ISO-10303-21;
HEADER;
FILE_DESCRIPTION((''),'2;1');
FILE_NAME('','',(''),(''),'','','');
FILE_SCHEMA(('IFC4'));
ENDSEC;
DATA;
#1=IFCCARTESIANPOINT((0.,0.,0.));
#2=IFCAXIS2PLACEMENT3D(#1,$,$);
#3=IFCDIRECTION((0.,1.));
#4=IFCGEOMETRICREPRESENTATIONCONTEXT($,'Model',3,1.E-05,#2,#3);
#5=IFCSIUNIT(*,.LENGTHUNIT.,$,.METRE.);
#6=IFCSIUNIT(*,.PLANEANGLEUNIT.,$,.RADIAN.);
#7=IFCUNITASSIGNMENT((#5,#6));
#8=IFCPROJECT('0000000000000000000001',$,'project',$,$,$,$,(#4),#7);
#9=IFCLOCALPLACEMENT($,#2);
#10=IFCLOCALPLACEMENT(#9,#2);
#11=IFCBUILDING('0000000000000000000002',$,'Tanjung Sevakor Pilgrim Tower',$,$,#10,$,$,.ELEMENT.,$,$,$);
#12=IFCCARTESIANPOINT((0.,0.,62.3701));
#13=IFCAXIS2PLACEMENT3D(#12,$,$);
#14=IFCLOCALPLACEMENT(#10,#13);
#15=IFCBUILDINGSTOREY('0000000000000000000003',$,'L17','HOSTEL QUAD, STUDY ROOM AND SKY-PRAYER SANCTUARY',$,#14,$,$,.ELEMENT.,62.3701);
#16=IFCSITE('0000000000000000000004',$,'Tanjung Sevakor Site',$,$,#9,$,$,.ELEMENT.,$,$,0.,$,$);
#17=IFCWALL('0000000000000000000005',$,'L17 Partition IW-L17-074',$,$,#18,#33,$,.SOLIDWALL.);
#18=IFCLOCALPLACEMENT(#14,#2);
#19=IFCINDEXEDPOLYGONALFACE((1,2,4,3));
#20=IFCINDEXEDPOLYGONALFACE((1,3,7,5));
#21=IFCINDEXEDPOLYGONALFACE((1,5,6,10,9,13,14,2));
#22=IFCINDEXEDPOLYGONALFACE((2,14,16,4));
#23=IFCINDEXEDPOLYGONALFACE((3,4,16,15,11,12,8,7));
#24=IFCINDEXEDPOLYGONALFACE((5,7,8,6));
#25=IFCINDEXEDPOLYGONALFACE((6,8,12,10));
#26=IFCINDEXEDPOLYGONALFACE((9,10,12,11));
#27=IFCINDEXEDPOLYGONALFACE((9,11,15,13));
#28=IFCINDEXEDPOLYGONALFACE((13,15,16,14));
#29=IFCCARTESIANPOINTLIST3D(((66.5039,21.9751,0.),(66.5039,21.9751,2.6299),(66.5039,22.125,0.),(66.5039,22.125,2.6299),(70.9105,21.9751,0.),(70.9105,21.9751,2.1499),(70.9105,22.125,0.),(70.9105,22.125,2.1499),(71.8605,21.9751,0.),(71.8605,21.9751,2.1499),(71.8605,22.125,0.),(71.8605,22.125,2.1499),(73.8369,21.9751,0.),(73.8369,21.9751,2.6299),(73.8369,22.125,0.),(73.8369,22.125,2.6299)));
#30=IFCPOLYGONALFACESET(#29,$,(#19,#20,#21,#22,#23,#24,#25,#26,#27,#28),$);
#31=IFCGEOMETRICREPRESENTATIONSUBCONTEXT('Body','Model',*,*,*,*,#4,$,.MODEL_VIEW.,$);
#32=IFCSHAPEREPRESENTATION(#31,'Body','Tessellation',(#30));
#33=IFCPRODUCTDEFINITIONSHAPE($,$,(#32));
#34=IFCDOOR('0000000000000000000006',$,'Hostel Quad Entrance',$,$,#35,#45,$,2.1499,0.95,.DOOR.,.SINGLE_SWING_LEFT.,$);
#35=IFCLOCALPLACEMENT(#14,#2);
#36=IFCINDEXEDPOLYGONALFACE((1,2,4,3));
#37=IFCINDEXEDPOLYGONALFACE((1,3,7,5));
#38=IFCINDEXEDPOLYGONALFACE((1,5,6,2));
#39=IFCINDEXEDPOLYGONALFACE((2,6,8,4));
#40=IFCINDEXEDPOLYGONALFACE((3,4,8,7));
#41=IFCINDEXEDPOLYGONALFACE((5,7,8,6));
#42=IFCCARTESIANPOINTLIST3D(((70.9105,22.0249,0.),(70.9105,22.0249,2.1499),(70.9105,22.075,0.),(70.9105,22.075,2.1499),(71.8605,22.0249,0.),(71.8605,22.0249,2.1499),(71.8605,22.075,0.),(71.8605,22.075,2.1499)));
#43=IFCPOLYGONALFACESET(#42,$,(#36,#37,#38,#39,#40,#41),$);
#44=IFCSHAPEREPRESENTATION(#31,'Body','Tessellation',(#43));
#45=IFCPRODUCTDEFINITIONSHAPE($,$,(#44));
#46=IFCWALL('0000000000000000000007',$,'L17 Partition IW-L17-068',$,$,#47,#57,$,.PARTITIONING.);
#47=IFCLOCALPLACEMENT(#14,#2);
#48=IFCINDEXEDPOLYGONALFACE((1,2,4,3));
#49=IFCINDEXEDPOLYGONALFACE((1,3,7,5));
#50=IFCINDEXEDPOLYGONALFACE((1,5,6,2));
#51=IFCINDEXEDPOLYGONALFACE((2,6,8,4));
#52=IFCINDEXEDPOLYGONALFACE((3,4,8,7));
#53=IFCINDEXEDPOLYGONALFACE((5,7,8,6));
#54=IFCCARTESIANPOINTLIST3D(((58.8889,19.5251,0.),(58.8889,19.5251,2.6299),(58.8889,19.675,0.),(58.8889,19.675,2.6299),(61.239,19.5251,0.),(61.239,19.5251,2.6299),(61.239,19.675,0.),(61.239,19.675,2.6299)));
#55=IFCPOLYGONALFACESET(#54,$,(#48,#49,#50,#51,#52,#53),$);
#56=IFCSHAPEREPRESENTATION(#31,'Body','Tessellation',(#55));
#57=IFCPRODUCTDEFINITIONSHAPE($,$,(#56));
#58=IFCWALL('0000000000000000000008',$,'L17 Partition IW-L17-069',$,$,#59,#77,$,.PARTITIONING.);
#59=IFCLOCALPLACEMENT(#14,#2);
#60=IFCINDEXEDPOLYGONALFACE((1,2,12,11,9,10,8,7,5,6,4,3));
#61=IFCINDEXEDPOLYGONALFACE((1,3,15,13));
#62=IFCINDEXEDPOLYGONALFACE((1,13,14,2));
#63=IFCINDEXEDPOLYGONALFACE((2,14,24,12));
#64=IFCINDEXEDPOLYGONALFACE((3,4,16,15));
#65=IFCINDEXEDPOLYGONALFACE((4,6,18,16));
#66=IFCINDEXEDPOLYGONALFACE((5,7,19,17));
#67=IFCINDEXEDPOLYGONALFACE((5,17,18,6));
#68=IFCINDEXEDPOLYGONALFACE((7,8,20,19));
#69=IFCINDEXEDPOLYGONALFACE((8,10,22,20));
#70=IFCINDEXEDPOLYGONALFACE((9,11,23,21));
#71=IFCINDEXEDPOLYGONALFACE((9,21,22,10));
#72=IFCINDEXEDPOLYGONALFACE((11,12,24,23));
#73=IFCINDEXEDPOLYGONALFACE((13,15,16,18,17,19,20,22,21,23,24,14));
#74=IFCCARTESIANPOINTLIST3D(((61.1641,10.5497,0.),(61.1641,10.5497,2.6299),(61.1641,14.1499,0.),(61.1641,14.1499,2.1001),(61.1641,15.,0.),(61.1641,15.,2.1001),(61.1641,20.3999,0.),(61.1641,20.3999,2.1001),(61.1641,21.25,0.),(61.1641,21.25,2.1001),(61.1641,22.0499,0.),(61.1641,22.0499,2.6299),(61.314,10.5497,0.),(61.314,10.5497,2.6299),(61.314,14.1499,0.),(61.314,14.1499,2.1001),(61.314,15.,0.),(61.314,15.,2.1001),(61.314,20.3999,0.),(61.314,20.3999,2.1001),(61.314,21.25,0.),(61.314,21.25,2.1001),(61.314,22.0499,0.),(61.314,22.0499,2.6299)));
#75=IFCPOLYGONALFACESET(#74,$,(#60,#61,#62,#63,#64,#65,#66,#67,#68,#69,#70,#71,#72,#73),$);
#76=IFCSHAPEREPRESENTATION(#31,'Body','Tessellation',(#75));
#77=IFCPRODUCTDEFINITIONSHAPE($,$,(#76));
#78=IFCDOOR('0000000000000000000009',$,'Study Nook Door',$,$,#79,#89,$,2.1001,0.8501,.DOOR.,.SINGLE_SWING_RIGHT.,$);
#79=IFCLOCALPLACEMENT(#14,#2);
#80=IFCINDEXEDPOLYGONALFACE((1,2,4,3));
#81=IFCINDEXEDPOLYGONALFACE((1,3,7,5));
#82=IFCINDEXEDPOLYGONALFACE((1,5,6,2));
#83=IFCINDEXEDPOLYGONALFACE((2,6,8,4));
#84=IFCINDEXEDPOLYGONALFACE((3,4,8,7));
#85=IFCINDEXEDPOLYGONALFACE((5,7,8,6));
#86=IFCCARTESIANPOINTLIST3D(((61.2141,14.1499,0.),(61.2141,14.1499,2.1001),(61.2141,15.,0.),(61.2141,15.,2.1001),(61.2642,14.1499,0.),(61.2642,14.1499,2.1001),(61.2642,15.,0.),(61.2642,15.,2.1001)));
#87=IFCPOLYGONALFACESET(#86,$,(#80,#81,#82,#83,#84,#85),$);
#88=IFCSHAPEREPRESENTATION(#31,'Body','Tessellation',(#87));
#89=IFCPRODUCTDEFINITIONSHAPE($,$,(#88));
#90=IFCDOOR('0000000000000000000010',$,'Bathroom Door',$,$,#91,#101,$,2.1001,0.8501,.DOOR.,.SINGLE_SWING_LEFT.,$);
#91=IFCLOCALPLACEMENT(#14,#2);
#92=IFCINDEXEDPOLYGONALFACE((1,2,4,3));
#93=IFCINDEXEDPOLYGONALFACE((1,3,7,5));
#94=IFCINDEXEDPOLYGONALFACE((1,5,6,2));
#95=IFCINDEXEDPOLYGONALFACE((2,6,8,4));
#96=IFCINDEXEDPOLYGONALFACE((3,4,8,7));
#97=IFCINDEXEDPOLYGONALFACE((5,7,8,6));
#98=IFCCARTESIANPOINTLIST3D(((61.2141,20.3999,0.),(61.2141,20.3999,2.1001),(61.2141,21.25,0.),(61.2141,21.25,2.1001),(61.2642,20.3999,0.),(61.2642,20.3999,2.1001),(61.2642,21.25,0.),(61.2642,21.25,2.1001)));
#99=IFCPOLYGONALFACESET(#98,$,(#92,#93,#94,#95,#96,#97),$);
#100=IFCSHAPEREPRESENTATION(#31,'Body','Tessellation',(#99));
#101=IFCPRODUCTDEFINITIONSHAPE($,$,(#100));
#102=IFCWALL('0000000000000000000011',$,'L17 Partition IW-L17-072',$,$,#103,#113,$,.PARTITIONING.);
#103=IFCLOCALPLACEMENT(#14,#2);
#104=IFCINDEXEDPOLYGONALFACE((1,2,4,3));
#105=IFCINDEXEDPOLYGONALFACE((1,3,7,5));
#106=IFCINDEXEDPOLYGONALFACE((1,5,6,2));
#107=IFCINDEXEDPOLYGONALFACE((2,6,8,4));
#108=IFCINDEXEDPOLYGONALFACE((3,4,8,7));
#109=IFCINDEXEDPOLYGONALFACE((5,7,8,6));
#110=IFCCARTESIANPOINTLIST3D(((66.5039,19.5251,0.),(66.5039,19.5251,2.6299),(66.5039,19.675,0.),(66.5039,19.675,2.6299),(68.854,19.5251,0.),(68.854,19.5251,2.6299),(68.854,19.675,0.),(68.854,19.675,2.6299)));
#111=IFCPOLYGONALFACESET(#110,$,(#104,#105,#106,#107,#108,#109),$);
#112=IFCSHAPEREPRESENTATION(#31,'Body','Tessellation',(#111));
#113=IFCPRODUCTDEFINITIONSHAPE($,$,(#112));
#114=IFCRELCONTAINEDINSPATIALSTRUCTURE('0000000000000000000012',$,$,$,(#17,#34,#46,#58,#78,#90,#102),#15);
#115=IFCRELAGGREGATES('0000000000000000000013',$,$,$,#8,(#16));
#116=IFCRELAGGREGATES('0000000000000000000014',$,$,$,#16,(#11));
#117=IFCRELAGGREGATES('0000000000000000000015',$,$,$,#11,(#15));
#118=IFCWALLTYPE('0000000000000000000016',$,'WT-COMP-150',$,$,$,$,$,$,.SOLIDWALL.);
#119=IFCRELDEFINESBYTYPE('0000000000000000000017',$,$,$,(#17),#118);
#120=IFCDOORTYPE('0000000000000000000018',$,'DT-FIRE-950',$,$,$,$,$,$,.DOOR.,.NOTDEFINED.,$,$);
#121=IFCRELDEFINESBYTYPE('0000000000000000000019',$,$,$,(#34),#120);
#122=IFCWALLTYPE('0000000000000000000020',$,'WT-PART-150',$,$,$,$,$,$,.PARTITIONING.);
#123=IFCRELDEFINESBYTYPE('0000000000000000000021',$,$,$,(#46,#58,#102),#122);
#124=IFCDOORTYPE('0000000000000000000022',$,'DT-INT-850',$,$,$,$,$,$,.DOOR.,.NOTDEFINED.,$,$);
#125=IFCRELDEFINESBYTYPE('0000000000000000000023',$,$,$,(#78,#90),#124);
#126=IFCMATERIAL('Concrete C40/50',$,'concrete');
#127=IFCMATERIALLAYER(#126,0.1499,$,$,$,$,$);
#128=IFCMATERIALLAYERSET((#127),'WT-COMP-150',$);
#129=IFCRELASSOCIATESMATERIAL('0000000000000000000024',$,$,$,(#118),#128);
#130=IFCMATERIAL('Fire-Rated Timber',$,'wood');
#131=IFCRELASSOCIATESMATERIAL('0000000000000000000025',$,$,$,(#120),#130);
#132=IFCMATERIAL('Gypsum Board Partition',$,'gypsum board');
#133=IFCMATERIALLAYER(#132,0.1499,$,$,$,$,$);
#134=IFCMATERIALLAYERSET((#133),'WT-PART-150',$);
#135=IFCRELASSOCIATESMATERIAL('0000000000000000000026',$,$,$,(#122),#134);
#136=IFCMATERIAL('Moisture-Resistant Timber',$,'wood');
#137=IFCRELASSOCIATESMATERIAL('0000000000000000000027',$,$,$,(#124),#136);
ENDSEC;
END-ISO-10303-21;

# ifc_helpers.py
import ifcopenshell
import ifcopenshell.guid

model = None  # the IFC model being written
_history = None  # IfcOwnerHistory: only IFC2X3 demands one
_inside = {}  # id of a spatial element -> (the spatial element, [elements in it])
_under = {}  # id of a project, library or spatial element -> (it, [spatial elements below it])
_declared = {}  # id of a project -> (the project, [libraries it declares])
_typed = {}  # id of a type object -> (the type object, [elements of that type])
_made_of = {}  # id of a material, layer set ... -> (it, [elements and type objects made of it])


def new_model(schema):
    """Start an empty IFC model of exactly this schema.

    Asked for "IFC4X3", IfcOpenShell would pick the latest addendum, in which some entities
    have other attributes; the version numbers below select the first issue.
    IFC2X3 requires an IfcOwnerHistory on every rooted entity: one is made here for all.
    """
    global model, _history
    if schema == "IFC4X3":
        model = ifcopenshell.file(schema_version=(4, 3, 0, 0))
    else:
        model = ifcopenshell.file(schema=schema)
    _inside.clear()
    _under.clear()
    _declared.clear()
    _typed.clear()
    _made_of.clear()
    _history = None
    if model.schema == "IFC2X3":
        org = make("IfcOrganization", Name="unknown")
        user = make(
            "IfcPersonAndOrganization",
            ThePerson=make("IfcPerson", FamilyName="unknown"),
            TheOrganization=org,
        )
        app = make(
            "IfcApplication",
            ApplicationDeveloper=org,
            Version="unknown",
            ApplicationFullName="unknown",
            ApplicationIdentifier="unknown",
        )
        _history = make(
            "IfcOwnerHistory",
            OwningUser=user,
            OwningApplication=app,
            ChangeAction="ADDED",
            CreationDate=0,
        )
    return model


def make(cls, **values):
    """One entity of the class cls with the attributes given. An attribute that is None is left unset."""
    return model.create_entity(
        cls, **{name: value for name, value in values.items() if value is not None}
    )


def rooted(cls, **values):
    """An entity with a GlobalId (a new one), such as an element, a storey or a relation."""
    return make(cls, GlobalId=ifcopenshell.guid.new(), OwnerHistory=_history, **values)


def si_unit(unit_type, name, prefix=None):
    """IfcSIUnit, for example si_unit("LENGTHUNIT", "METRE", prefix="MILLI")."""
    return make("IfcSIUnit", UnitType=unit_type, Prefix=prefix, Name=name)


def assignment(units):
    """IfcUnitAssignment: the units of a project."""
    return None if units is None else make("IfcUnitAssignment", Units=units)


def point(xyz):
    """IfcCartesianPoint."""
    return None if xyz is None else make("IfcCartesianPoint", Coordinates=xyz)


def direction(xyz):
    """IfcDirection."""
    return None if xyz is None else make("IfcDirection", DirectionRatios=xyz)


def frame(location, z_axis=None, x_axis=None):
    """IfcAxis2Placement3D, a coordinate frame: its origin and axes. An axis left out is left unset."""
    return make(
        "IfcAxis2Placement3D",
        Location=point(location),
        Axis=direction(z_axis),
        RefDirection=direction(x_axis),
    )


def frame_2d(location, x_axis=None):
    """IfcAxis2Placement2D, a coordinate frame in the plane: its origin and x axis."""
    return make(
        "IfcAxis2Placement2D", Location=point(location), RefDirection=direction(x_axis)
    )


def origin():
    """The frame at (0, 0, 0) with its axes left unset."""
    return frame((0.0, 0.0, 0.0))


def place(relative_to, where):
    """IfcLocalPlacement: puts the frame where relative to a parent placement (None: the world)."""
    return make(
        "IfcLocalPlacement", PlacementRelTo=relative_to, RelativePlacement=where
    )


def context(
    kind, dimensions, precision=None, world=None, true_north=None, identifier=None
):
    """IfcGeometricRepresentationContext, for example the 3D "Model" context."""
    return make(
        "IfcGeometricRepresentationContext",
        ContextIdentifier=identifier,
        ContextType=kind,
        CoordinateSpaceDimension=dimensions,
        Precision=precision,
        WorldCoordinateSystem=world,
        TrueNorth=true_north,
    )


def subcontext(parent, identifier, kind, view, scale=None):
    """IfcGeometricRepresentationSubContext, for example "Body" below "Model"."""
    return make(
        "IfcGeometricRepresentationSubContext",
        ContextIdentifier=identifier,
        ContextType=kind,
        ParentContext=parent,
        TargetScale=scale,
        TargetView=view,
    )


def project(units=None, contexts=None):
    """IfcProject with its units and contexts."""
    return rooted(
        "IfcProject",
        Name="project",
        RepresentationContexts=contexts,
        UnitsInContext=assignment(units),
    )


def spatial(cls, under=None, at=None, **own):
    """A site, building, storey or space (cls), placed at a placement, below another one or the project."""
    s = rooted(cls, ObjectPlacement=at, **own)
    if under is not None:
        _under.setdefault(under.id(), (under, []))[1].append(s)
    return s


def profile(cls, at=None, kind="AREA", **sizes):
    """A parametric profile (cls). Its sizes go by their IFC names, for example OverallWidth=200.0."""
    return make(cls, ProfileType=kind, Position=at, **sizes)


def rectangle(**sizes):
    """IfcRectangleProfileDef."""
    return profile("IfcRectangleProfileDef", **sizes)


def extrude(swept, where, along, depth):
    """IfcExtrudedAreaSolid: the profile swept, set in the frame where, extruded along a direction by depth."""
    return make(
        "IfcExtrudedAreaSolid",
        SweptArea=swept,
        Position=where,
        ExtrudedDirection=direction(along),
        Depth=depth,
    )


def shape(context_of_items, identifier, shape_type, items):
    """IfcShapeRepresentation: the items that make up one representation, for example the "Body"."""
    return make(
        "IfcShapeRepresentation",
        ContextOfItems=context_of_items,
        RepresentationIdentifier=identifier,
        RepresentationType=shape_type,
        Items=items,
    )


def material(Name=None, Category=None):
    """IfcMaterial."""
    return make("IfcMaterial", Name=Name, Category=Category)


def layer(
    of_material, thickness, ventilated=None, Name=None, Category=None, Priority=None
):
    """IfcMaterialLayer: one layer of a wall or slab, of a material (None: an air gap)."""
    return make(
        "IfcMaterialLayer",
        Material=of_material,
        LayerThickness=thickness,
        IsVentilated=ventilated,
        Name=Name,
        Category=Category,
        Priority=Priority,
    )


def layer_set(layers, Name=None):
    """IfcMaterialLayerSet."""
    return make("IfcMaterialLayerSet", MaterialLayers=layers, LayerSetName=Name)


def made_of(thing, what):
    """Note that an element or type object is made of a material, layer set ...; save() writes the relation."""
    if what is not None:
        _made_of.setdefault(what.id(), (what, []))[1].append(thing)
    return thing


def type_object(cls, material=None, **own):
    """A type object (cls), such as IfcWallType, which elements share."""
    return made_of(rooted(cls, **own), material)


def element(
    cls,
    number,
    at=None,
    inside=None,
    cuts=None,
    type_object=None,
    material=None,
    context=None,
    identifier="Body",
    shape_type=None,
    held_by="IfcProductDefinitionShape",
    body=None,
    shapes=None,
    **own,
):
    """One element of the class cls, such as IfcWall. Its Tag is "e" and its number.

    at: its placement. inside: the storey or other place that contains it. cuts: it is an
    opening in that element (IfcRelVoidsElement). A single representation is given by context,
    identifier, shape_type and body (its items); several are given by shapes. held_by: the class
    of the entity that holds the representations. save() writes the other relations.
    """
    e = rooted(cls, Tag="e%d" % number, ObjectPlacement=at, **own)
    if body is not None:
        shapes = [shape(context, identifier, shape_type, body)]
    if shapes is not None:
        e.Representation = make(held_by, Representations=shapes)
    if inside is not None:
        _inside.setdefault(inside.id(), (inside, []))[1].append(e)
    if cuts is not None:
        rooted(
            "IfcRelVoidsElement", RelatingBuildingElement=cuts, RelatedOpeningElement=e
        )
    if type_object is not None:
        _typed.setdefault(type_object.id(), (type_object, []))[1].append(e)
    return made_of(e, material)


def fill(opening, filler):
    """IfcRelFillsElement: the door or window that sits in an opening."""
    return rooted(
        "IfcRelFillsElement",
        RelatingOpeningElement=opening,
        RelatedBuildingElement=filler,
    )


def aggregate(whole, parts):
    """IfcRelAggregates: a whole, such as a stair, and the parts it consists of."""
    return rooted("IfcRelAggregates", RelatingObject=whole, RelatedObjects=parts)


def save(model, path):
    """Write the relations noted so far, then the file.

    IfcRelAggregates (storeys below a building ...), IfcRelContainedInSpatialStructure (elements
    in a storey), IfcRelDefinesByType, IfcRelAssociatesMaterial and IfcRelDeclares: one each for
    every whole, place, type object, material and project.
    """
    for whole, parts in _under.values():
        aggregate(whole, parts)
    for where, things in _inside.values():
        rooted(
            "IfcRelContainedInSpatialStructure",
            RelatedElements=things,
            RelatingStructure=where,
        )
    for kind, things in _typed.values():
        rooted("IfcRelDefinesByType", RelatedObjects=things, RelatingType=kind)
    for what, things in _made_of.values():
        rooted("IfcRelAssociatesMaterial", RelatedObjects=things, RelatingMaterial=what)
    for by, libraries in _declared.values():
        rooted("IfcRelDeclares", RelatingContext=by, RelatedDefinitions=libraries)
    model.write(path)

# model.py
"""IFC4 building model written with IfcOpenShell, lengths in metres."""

from ifc_helpers import new_model, si_unit, direction, frame, frame_2d, origin, place, context, subcontext, project, spatial, rectangle, extrude, material, layer, layer_set, type_object, element, fill, save


model = new_model("IFC4")

# Units and contexts
model_context = context("Model", 3, precision=1e-05, world=origin(), true_north=direction((0.0, 1.0)))
body_context = subcontext(model_context, "Body", "Model", "MODEL_VIEW")
ifc_project = project(units=[si_unit("LENGTHUNIT", "METRE"), si_unit("PLANEANGLEUNIT", "RADIAN")], contexts=[model_context])

# Site, building, storey
site_placement = place(None, origin())
site = spatial("IfcSite", under=ifc_project, at=site_placement, Name="Tanjung Sevakor Site", CompositionType="ELEMENT", RefElevation=0.0)
building_placement = place(site_placement, origin())
building = spatial("IfcBuilding", under=site, at=building_placement, Name="Tanjung Sevakor Pilgrim Tower", CompositionType="ELEMENT")
storey_placement = place(building_placement, frame((0.0, 0.0, 62.3701)))
storey = spatial("IfcBuildingStorey", under=building, at=storey_placement, Name="L17", Description="HOSTEL QUAD, STUDY ROOM AND SKY-PRAYER SANCTUARY", CompositionType="ELEMENT", Elevation=62.3701)

# Shared definitions
ifc_material_1 = material(Name="Concrete C40/50", Category="concrete")
ifc_layer_1 = layer(ifc_material_1, 0.1499)
ifc_layer_set_1 = layer_set([ifc_layer_1], Name="WT-COMP-150")
wall_type_1 = type_object("IfcWallType", Name="WT-COMP-150", PredefinedType="SOLIDWALL", material=ifc_layer_set_1)

# Wall, opening, door
ifc_material_2 = material(Name="Fire-Rated Timber", Category="wood")
door_type_1 = type_object("IfcDoorType", Name="DT-FIRE-950", OperationType="NOTDEFINED", PredefinedType="DOOR", material=ifc_material_2)
wall_1_placement = place(storey_placement, frame((66.5039, 22.05, 0.0), z_axis=(0.0, 0.0, 1.0), x_axis=(1.0, 0.0, 0.0)))
wall_1 = element("IfcWall", 1, at=wall_1_placement, inside=storey, type_object=wall_type_1, Name="L17 Partition IW-L17-074", PredefinedType="SOLIDWALL", context=body_context, shape_type="SweptSolid", body=[
    extrude(rectangle(XDim=7.333, YDim=0.1499, at=frame_2d((3.6665, 0.0))), origin(), (0.0, 0.0, 1.0), 2.6299),
])
opening_1_placement = place(wall_1_placement, frame((4.4065, 0.0, 0.0)))
opening_1 = element("IfcOpeningElement", 2, at=opening_1_placement, cuts=wall_1, PredefinedType="OPENING", context=body_context, shape_type="SweptSolid", body=[
    extrude(rectangle(XDim=0.95, YDim=2.1499, at=frame_2d((0.4751, 1.075))), frame((0.0, 0.085, 0.0), z_axis=(0.0, -1.0, 0.0), x_axis=(1.0, 0.0, 0.0)), (0.0, 0.0, 1.0), 0.1699),
])
door_1_placement = place(opening_1_placement, origin())
door_1 = element("IfcDoor", 3, at=door_1_placement, inside=storey, type_object=door_type_1, Name="Hostel Quad Entrance", OperationType="SINGLE_SWING_LEFT", OverallHeight=2.1499, OverallWidth=0.95, PredefinedType="DOOR", context=body_context, shape_type="SweptSolid", body=[
    extrude(rectangle(XDim=0.95, YDim=2.1499, at=frame_2d((0.4751, 1.075))), frame((0.0, 0.0249, 0.0), z_axis=(0.0, -1.0, 0.0), x_axis=(1.0, 0.0, 0.0)), (0.0, 0.0, 1.0), 0.05),
])
fill(opening_1, door_1)

# Wall
ifc_material_3 = material(Name="Gypsum Board Partition", Category="gypsum board")
ifc_layer_2 = layer(ifc_material_3, 0.1499)
ifc_layer_set_2 = layer_set([ifc_layer_2], Name="WT-PART-150")
wall_type_2 = type_object("IfcWallType", Name="WT-PART-150", PredefinedType="PARTITIONING", material=ifc_layer_set_2)
wall_2_placement = place(storey_placement, frame((58.8889, 19.6001, 0.0), z_axis=(0.0, 0.0, 1.0), x_axis=(1.0, 0.0, 0.0)))
element("IfcWall", 4, at=wall_2_placement, inside=storey, type_object=wall_type_2, Name="L17 Partition IW-L17-068", PredefinedType="PARTITIONING", context=body_context, shape_type="SweptSolid", body=[
    extrude(rectangle(XDim=2.3501, YDim=0.1499, at=frame_2d((1.175, 0.0))), origin(), (0.0, 0.0, 1.0), 2.6299),
])

# Wall, openings, doors
wall_3_placement = place(storey_placement, frame((61.239, 10.5498, 0.0), z_axis=(0.0, 0.0, 1.0), x_axis=(0.0, 1.0, 0.0)))
wall_3 = element("IfcWall", 5, at=wall_3_placement, inside=storey, type_object=wall_type_2, Name="L17 Partition IW-L17-069", PredefinedType="PARTITIONING", context=body_context, shape_type="SweptSolid", body=[
    extrude(rectangle(XDim=11.5002, YDim=0.1499, at=frame_2d((5.75, 0.0))), origin(), (0.0, 0.0, 1.0), 2.6299),
])
opening_2_placement = place(wall_3_placement, frame((3.6001, 0.0, 0.0)))
opening_2 = element("IfcOpeningElement", 6, at=opening_2_placement, cuts=wall_3, PredefinedType="OPENING", context=body_context, shape_type="SweptSolid", body=[
    extrude(rectangle(XDim=0.8501, YDim=2.1001, at=frame_2d((0.425, 1.05))), frame((0.0, 0.085, 0.0), z_axis=(0.0, -1.0, 0.0), x_axis=(1.0, 0.0, 0.0)), (0.0, 0.0, 1.0), 0.1699),
])
opening_3_placement = place(wall_3_placement, frame((9.8501, 0.0, 0.0)))
opening_3 = element("IfcOpeningElement", 7, at=opening_3_placement, cuts=wall_3, PredefinedType="OPENING", context=body_context, shape_type="SweptSolid", body=[
    extrude(rectangle(XDim=0.8501, YDim=2.1001, at=frame_2d((0.425, 1.05))), frame((0.0, 0.085, 0.0), z_axis=(0.0, -1.0, 0.0), x_axis=(1.0, 0.0, 0.0)), (0.0, 0.0, 1.0), 0.1699),
])
ifc_material_4 = material(Name="Moisture-Resistant Timber", Category="wood")
door_type_2 = type_object("IfcDoorType", Name="DT-INT-850", OperationType="NOTDEFINED", PredefinedType="DOOR", material=ifc_material_4)
door_2_placement = place(opening_2_placement, origin())
door_2 = element("IfcDoor", 8, at=door_2_placement, inside=storey, type_object=door_type_2, Name="Study Nook Door", OperationType="SINGLE_SWING_RIGHT", OverallHeight=2.1001, OverallWidth=0.8501, PredefinedType="DOOR", context=body_context, shape_type="SweptSolid", body=[
    extrude(rectangle(XDim=0.8501, YDim=2.1001, at=frame_2d((0.425, 1.05))), frame((0.0, 0.0249, 0.0), z_axis=(0.0, -1.0, 0.0), x_axis=(1.0, 0.0, 0.0)), (0.0, 0.0, 1.0), 0.05),
])
fill(opening_2, door_2)
door_3_placement = place(opening_3_placement, origin())
door_3 = element("IfcDoor", 9, at=door_3_placement, inside=storey, type_object=door_type_2, Name="Bathroom Door", OperationType="SINGLE_SWING_LEFT", OverallHeight=2.1001, OverallWidth=0.8501, PredefinedType="DOOR", context=body_context, shape_type="SweptSolid", body=[
    extrude(rectangle(XDim=0.8501, YDim=2.1001, at=frame_2d((0.425, 1.05))), frame((0.0, 0.0249, 0.0), z_axis=(0.0, -1.0, 0.0), x_axis=(1.0, 0.0, 0.0)), (0.0, 0.0, 1.0), 0.05),
])
fill(opening_3, door_3)

# Wall
wall_4_placement = place(storey_placement, frame((66.5039, 19.6001, 0.0), z_axis=(0.0, 0.0, 1.0), x_axis=(1.0, 0.0, 0.0)))
element("IfcWall", 10, at=wall_4_placement, inside=storey, type_object=wall_type_2, Name="L17 Partition IW-L17-072", PredefinedType="PARTITIONING", context=body_context, shape_type="SweptSolid", body=[
    extrude(rectangle(XDim=2.3501, YDim=0.1499, at=frame_2d((1.175, 0.0))), origin(), (0.0, 0.0, 1.0), 2.6299),
])

save(model, "model.ifc")
